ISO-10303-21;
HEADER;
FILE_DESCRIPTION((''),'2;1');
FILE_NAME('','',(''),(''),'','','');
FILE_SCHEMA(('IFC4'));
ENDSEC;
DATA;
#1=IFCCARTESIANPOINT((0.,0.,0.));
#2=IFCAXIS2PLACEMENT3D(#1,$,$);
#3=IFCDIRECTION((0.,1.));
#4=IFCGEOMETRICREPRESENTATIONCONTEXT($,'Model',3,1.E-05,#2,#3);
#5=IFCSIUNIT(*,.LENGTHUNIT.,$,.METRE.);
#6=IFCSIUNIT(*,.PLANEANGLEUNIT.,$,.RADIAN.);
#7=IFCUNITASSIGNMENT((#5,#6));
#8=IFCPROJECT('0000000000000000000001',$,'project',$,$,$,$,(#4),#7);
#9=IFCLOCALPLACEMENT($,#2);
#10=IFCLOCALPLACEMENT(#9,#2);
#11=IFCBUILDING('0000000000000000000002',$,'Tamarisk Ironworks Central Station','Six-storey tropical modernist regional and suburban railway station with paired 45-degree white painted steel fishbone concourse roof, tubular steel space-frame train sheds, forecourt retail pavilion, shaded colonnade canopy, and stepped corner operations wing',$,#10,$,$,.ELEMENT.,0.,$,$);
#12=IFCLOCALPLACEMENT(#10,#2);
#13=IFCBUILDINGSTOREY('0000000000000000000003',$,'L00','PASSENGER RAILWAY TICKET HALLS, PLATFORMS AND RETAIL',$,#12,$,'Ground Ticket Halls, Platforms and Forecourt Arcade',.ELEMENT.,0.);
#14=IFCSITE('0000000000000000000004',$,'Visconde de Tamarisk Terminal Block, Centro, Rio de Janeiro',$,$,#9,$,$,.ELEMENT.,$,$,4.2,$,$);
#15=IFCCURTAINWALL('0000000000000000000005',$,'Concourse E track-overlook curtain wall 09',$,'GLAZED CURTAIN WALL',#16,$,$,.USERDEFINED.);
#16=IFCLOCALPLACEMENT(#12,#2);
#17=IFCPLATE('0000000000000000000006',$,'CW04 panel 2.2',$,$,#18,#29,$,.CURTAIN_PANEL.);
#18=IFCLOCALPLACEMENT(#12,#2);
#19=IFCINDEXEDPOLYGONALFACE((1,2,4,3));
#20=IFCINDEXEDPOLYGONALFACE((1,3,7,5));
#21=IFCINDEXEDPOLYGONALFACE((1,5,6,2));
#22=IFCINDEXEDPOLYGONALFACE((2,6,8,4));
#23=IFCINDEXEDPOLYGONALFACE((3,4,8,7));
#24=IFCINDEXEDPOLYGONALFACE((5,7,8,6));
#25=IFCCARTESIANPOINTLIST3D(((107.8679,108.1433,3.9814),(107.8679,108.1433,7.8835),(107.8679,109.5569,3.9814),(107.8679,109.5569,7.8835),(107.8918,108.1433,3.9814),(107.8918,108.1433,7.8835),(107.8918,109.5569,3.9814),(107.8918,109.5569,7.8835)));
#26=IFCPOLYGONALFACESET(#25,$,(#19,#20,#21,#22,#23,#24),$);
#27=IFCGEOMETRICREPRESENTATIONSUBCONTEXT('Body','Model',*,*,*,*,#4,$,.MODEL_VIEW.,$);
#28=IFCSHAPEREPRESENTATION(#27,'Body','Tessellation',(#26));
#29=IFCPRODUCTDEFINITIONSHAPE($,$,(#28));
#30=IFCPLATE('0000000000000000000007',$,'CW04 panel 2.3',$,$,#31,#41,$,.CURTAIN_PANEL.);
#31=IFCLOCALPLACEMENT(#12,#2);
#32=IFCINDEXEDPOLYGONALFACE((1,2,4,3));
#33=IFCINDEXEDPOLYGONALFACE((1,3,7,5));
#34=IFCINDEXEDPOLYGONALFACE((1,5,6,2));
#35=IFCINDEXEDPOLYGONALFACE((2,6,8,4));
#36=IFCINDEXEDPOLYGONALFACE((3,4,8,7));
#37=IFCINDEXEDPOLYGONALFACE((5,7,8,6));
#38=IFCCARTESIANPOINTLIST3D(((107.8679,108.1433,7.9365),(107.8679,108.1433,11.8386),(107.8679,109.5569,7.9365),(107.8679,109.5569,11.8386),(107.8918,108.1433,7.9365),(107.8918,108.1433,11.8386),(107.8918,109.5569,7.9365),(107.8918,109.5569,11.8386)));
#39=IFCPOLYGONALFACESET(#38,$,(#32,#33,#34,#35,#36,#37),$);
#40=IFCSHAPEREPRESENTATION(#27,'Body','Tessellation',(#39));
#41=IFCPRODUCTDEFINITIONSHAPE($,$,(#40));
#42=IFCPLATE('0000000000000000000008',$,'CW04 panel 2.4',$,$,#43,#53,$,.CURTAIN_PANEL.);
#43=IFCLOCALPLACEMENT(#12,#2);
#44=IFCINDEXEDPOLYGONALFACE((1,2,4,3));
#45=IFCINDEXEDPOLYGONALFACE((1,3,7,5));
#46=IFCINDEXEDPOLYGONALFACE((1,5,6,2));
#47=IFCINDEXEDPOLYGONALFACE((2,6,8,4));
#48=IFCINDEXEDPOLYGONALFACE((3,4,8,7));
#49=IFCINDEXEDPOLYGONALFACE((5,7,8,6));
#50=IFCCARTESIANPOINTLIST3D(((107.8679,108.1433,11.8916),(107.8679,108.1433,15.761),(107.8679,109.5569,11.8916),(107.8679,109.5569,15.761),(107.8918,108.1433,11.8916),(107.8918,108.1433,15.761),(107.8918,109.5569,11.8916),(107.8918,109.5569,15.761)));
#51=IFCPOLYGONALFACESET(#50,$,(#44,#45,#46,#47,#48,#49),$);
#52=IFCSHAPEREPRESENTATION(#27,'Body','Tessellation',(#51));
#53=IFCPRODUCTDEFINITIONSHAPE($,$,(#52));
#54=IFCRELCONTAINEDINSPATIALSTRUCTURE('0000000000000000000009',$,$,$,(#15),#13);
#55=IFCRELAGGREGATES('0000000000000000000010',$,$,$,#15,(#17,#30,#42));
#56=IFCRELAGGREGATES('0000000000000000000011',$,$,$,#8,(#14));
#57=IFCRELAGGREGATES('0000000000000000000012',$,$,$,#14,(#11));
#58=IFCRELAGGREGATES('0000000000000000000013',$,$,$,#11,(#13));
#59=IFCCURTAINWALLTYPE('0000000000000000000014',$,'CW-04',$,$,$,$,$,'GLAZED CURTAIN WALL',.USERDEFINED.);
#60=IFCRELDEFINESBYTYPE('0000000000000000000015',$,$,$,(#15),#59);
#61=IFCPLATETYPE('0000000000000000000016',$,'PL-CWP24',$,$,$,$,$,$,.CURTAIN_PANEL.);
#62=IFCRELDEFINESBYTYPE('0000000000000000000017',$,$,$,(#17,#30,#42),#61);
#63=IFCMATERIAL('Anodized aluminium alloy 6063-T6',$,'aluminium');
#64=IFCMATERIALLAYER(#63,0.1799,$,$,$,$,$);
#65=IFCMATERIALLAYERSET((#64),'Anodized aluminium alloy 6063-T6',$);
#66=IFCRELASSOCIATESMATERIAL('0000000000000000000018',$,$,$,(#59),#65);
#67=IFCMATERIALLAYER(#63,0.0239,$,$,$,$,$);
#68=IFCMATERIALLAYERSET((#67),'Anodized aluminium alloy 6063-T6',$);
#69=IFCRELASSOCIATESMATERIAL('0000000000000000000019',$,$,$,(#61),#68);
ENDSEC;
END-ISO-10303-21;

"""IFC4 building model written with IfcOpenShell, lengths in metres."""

from ifc_helpers import new_model, si_unit, direction, frame, origin, origin_2d, place, context, subcontext, project, spatial, rectangle, extrude, material, layer, layer_set, type_object, element, aggregate, save


model = new_model("IFC4")

# Units and contexts
model_context = context("Model", 3, precision=1e-05, world=origin(), true_north=direction((0.0, 1.0)))
body_context = subcontext(model_context, "Body", "Model", "MODEL_VIEW")
ifc_project = project(units=[si_unit("LENGTHUNIT", "METRE"), si_unit("PLANEANGLEUNIT", "RADIAN")], contexts=[model_context])

# Site, building, storey
site_placement = place(None, origin())
site = spatial("IfcSite", under=ifc_project, at=site_placement, Name="Visconde de Tamarisk Terminal Block, Centro, Rio de Janeiro", CompositionType="ELEMENT", RefElevation=4.2)
building_placement = place(site_placement, origin())
building = spatial("IfcBuilding", under=site, at=building_placement, Name="Tamarisk Ironworks Central Station", Description="Six-storey tropical modernist regional and suburban railway station with paired 45-degree white painted steel fishbone concourse roof, tubular steel space-frame train sheds, forecourt retail pavilion, shaded colonnade canopy, and stepped corner operations wing", CompositionType="ELEMENT", ElevationOfRefHeight=0.0)
storey_placement = place(building_placement, origin())
storey = spatial("IfcBuildingStorey", under=building, at=storey_placement, Name="L00", Description="PASSENGER RAILWAY TICKET HALLS, PLATFORMS AND RETAIL", LongName="Ground Ticket Halls, Platforms and Forecourt Arcade", CompositionType="ELEMENT", Elevation=0.0)

# Curtain wall, plates
ifc_material_1 = material(Name="Anodized aluminium alloy 6063-T6", Category="aluminium")
ifc_layer_1 = layer(ifc_material_1, 0.1799)
ifc_layer_set_1 = layer_set([ifc_layer_1], Name="Anodized aluminium alloy 6063-T6")
curtain_wall_type = type_object("IfcCurtainWallType", Name="CW-04", ElementType="GLAZED CURTAIN WALL", PredefinedType="USERDEFINED", material=ifc_layer_set_1)
curtain_wall_placement = place(storey_placement, origin())
curtain_wall = element("IfcCurtainWall", 1, at=curtain_wall_placement, inside=storey, type_object=curtain_wall_type, Name="Concourse E track-overlook curtain wall 09", ObjectType="GLAZED CURTAIN WALL", PredefinedType="USERDEFINED")
ifc_layer_2 = layer(ifc_material_1, 0.0239)
ifc_layer_set_2 = layer_set([ifc_layer_2], Name="Anodized aluminium alloy 6063-T6")
plate_type = type_object("IfcPlateType", Name="PL-CWP24", PredefinedType="CURTAIN_PANEL", material=ifc_layer_set_2)
plate_1_placement = place(storey_placement, frame((107.8799, 108.8501, 3.9814), z_axis=(0.0, 0.0, 1.0), x_axis=(0.0, 1.0, 0.0)))
plate_1 = element("IfcPlate", 2, at=plate_1_placement, type_object=plate_type, Name="CW04 panel 2.2", PredefinedType="CURTAIN_PANEL", context=body_context, shape_type="SweptSolid", body=[
    extrude(rectangle(XDim=1.4136, YDim=0.0239, at=origin_2d()), origin(), (0.0, 0.0, 1.0), 3.9021),
])
plate_2_placement = place(storey_placement, frame((107.8799, 108.8501, 7.9365), z_axis=(0.0, 0.0, 1.0), x_axis=(0.0, 1.0, 0.0)))
plate_2 = element("IfcPlate", 3, at=plate_2_placement, type_object=plate_type, Name="CW04 panel 2.3", PredefinedType="CURTAIN_PANEL", context=body_context, shape_type="SweptSolid", body=[
    extrude(rectangle(XDim=1.4136, YDim=0.0239, at=origin_2d()), origin(), (0.0, 0.0, 1.0), 3.9021),
])
plate_3_placement = place(storey_placement, frame((107.8799, 108.8501, 11.8916), z_axis=(0.0, 0.0, 1.0), x_axis=(0.0, 1.0, 0.0)))
plate_3 = element("IfcPlate", 4, at=plate_3_placement, type_object=plate_type, Name="CW04 panel 2.4", PredefinedType="CURTAIN_PANEL", context=body_context, shape_type="SweptSolid", body=[
    extrude(rectangle(XDim=1.4136, YDim=0.0239, at=origin_2d()), origin(), (0.0, 0.0, 1.0), 3.8694),
])
aggregate(curtain_wall, [plate_1, plate_2, plate_3])

save(model, "model.ifc")
